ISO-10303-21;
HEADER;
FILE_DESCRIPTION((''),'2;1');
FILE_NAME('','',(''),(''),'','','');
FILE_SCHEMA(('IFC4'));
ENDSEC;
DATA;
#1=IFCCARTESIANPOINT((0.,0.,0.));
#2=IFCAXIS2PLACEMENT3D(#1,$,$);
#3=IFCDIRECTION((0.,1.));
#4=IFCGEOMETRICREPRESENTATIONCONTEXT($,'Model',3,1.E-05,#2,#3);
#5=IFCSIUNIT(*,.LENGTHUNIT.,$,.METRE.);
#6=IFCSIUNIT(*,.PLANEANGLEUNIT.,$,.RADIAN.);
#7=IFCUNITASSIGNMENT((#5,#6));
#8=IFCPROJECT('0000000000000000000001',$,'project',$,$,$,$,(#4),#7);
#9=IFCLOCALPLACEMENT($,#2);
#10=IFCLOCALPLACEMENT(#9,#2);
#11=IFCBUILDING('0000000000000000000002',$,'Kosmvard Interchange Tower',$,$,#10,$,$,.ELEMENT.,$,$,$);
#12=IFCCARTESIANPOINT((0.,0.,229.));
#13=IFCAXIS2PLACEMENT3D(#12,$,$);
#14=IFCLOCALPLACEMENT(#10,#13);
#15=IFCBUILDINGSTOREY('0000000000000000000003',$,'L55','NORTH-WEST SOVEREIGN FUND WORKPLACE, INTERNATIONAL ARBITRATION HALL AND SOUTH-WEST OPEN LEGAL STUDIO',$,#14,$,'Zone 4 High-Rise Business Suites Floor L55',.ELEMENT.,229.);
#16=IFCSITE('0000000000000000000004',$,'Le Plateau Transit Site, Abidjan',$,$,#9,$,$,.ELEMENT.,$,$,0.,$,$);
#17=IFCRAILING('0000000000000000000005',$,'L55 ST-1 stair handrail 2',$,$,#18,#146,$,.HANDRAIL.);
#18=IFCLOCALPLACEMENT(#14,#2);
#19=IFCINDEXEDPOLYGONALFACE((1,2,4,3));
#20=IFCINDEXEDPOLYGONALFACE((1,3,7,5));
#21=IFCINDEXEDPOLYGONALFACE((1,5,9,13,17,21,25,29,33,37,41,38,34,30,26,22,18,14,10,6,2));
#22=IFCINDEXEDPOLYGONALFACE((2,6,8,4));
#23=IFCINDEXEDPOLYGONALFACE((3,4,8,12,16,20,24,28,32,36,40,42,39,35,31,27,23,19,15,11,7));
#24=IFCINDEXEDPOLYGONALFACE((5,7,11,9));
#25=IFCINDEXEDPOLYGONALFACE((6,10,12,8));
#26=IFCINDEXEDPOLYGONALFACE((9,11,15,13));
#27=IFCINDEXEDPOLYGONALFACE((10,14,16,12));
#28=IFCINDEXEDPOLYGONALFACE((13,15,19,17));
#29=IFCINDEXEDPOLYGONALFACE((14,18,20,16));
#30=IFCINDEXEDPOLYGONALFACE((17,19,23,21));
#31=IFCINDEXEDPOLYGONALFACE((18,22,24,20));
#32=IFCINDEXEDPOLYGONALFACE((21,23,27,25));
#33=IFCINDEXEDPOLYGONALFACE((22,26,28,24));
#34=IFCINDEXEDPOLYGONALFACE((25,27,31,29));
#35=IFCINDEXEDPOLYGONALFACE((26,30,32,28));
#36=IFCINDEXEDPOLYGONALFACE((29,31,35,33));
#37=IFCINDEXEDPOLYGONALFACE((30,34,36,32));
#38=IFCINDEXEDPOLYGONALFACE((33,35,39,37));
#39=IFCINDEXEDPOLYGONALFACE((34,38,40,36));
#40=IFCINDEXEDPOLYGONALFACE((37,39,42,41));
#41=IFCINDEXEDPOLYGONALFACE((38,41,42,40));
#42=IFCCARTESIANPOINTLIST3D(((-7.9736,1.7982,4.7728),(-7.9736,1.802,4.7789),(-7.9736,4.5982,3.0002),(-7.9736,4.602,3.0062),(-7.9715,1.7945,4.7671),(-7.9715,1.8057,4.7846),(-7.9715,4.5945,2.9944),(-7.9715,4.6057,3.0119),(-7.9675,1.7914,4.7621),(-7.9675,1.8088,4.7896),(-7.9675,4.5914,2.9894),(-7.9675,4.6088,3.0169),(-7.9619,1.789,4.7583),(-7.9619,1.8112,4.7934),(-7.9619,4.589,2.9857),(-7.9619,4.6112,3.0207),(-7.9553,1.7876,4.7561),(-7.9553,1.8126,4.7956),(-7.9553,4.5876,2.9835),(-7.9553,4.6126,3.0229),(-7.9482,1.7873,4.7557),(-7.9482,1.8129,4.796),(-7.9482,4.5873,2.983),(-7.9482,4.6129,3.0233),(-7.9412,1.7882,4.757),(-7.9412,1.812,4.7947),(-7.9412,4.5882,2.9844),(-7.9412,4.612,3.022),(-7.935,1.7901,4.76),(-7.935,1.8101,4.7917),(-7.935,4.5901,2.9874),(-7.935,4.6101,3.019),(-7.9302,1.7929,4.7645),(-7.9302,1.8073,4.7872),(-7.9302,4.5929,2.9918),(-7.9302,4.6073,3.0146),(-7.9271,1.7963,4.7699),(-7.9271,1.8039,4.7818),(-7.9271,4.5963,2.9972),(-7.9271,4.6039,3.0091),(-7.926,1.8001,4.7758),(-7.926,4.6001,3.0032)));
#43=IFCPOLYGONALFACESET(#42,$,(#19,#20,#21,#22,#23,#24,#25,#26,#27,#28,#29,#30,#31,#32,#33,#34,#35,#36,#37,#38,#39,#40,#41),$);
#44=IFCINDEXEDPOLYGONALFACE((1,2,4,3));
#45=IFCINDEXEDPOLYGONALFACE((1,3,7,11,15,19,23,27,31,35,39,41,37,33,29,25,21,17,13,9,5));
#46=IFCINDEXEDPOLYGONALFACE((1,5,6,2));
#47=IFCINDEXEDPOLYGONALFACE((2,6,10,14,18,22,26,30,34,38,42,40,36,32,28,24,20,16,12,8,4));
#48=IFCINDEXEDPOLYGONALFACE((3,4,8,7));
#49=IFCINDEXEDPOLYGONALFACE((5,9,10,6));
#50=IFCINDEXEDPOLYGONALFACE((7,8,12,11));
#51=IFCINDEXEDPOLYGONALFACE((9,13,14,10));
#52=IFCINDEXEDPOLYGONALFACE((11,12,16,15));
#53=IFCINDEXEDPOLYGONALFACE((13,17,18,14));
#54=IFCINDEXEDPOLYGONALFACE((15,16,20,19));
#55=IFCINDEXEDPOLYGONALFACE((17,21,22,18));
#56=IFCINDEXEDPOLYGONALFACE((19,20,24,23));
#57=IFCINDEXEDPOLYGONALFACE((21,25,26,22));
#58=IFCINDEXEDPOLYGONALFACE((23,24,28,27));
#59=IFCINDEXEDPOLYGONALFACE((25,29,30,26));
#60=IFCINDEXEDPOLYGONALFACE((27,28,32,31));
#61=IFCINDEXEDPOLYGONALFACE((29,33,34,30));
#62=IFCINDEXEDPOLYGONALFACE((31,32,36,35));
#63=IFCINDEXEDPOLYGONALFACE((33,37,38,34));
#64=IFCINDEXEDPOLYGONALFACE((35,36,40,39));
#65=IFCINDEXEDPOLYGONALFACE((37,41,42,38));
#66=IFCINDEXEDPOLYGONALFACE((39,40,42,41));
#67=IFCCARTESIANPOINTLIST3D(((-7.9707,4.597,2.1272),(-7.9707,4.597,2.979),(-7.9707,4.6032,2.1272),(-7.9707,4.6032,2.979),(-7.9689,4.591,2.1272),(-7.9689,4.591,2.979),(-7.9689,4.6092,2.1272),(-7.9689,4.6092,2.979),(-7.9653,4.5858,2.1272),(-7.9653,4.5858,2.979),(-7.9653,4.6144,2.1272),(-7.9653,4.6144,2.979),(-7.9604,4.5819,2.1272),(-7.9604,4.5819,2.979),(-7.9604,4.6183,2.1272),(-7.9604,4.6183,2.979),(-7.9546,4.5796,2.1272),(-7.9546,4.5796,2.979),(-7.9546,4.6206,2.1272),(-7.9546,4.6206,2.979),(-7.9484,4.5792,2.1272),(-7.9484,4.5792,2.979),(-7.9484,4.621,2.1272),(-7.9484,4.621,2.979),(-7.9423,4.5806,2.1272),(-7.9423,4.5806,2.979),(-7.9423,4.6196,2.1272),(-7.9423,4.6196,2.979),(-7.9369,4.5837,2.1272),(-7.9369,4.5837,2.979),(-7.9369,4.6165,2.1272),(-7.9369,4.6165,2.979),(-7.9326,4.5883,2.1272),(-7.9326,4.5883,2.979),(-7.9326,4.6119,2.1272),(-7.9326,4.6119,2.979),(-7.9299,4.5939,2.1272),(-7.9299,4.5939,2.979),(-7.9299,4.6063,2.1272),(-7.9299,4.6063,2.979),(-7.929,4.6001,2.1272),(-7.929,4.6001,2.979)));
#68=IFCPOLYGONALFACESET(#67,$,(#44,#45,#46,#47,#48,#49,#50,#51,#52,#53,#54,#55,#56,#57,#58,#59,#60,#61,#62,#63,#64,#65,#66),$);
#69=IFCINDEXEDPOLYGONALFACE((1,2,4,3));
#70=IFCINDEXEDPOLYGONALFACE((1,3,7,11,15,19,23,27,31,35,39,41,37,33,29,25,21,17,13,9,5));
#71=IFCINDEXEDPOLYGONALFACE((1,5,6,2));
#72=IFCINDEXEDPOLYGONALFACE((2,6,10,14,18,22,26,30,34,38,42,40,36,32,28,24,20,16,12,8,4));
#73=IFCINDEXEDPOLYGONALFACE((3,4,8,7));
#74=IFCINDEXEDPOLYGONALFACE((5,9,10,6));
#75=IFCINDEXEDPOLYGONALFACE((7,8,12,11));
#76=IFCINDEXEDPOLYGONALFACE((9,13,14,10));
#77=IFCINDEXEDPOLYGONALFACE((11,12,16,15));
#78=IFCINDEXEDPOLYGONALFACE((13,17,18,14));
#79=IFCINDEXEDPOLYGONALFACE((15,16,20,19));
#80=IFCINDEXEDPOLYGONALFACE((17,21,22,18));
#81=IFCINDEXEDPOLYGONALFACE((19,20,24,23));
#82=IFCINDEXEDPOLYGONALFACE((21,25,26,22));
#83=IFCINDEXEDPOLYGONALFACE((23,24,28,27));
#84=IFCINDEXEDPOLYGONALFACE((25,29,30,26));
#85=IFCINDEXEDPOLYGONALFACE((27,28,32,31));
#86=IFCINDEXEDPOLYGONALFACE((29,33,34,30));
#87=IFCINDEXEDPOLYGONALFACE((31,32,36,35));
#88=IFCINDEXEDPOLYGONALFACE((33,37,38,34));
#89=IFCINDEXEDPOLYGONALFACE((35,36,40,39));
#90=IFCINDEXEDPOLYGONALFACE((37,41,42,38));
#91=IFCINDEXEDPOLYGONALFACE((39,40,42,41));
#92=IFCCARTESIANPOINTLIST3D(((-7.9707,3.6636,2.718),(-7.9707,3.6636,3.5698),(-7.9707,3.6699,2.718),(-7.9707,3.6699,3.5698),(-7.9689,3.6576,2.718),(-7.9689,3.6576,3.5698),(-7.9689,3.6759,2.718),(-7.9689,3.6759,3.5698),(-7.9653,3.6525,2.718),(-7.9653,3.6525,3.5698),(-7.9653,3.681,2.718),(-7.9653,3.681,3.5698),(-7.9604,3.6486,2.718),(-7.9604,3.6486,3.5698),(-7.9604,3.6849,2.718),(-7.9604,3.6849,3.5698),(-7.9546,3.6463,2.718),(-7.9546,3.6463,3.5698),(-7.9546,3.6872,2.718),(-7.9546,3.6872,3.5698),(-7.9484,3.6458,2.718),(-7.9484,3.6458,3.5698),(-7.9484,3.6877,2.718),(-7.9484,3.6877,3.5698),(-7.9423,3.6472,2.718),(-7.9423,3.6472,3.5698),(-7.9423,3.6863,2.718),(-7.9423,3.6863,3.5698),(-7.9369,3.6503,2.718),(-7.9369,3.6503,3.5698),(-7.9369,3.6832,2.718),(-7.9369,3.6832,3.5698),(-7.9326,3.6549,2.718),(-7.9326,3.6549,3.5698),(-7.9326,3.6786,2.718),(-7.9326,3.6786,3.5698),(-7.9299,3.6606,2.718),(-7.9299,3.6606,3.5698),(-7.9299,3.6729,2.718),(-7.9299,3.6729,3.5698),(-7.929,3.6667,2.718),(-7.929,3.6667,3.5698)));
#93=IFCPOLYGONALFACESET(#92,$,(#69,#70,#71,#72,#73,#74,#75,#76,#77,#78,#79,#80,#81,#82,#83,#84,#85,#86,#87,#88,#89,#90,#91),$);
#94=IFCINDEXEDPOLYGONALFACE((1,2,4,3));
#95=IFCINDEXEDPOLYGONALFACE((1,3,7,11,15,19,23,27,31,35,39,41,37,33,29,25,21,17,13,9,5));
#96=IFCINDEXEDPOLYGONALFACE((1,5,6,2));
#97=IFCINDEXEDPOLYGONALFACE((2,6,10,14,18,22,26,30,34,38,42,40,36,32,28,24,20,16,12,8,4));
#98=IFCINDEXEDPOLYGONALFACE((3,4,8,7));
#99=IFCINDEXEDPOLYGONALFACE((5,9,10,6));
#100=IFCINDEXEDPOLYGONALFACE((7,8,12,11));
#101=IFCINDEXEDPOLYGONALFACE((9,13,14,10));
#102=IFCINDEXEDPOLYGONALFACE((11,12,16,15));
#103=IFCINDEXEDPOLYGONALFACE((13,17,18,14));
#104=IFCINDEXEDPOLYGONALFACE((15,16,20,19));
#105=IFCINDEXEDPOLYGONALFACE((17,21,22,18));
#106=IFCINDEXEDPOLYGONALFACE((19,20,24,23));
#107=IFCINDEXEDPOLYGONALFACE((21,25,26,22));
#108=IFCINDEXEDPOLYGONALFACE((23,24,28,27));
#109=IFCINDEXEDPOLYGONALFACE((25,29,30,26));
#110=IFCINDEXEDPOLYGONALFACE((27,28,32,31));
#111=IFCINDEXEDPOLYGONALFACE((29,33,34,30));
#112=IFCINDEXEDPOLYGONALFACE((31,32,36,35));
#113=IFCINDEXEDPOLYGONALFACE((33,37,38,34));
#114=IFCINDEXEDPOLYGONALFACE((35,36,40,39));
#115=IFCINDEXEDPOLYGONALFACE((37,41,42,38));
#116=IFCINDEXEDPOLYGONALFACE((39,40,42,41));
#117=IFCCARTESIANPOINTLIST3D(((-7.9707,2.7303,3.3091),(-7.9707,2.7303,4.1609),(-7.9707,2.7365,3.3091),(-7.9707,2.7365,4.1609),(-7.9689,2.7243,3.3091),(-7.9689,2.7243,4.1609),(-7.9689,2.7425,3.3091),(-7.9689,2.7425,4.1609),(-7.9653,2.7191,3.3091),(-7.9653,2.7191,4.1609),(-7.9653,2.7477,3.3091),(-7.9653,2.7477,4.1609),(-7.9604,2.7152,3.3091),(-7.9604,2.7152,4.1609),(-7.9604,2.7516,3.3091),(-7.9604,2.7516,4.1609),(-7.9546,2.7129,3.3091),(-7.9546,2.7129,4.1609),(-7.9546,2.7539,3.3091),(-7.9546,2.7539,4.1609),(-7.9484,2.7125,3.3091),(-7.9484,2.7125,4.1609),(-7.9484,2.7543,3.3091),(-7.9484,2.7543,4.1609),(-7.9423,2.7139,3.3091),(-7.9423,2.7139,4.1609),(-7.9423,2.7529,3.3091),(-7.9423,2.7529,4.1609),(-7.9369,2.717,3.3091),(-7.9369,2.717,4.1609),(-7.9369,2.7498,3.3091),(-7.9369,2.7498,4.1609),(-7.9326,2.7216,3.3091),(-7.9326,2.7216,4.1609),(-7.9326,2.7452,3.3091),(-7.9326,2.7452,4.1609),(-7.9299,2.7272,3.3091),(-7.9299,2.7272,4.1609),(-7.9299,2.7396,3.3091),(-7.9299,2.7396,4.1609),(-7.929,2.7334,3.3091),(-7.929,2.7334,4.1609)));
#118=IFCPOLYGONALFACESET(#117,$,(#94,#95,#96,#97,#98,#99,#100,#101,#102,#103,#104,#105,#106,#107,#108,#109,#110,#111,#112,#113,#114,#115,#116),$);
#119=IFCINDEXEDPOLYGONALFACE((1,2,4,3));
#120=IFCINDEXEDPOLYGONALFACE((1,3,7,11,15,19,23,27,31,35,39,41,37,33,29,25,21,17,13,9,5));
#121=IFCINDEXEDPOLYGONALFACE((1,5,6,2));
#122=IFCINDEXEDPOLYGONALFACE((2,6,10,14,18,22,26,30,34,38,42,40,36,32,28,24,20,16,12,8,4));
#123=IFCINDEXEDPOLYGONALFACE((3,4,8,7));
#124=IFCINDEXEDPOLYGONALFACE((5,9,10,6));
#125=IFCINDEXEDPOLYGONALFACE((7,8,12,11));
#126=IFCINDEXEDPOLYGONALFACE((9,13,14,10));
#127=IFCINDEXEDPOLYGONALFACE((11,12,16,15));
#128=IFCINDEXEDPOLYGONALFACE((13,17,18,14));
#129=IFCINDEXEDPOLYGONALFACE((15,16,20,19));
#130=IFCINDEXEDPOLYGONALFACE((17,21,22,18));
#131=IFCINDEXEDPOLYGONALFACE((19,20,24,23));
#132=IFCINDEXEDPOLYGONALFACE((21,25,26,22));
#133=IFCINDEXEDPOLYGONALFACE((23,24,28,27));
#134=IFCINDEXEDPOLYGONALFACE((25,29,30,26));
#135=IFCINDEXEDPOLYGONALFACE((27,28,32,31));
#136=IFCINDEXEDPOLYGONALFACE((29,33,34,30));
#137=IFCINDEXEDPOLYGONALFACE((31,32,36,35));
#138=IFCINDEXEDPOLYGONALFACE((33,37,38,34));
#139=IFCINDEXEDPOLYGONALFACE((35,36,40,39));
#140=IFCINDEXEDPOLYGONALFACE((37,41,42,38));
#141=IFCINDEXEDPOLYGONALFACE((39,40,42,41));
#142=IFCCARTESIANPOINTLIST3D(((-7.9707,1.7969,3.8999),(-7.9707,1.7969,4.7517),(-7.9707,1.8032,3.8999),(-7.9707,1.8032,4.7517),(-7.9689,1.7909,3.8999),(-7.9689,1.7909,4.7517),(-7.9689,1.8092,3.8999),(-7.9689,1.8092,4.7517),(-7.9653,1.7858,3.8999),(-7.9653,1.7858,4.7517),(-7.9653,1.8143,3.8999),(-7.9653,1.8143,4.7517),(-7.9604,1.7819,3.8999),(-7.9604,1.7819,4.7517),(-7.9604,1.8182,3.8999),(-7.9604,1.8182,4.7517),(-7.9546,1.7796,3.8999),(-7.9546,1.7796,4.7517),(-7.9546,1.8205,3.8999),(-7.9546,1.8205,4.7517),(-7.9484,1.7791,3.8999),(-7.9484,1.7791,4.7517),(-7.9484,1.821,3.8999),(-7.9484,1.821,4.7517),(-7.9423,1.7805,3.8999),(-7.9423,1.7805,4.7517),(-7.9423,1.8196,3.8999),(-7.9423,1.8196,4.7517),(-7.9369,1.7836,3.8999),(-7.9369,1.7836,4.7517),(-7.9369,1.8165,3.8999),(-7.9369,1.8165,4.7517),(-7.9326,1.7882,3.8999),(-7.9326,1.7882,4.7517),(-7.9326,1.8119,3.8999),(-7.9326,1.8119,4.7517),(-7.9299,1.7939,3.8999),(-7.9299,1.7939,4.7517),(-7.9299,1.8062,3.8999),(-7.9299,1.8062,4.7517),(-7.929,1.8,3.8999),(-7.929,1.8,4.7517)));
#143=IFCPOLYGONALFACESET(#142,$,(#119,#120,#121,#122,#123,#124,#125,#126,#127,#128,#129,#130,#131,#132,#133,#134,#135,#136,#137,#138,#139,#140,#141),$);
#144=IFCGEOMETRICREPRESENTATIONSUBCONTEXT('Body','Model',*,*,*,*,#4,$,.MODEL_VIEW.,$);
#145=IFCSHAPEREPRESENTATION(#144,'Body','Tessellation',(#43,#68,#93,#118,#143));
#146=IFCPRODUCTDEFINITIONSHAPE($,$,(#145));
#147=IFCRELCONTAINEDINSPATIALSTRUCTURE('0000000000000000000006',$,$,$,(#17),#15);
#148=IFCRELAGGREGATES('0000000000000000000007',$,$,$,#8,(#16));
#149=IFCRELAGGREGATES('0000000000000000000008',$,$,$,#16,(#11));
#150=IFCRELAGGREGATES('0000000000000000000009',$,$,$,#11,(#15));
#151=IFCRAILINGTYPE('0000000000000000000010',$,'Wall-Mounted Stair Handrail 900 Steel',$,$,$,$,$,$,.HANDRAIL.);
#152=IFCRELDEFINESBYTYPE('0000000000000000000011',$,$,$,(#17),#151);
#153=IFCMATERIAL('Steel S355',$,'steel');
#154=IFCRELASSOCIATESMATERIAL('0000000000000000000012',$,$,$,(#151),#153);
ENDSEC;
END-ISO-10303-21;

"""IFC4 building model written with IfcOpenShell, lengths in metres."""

from ifc_helpers import new_model, si_unit, direction, frame, origin, origin_2d, place, context, subcontext, project, spatial, circle, extrude, source, transform, mapped, material, type_object, element, save


model = new_model("IFC4")

# Units and contexts
model_context = context("Model", 3, precision=1e-05, world=origin(), true_north=direction((0.0, 1.0)))
body_context = subcontext(model_context, "Body", "Model", "MODEL_VIEW")
ifc_project = project(units=[si_unit("LENGTHUNIT", "METRE"), si_unit("PLANEANGLEUNIT", "RADIAN")], contexts=[model_context])

# Site, building, storey
site_placement = place(None, origin())
site = spatial("IfcSite", under=ifc_project, at=site_placement, Name="Le Plateau Transit Site, Abidjan", CompositionType="ELEMENT", RefElevation=0.0)
building_placement = place(site_placement, origin())
building = spatial("IfcBuilding", under=site, at=building_placement, Name="Kosmvard Interchange Tower", CompositionType="ELEMENT")
storey_placement = place(building_placement, frame((0.0, 0.0, 229.0)))
storey = spatial("IfcBuildingStorey", under=building, at=storey_placement, Name="L55", Description="NORTH-WEST SOVEREIGN FUND WORKPLACE, INTERNATIONAL ARBITRATION HALL AND SOUTH-WEST OPEN LEGAL STUDIO", LongName="Zone 4 High-Rise Business Suites Floor L55", CompositionType="ELEMENT", Elevation=229.0)

# Shared definitions
ifc_material_1 = material(Name="Steel S355", Category="steel")

# Railing
railing_type_1 = type_object("IfcRailingType", Name="Wall-Mounted Stair Handrail 900 Steel", PredefinedType="HANDRAIL", material=ifc_material_1)
shared_shape_1 = source(origin(), body_context, "Body", "SweptSolid", [
    extrude(circle(Radius=0.0239, at=origin_2d()), frame((0.0, 0.0, 0.876), z_axis=(0.0, -0.844909, 0.53491), x_axis=(1.0, 0.0, 0.0)), (0.0, 0.0, 1.0), 3.314),
    extrude(circle(Radius=0.021, at=origin_2d()), origin(), (0.0, 0.0, 1.0), 0.8518),
    extrude(circle(Radius=0.021, at=origin_2d()), frame((0.0, -0.9333, 0.5908)), (0.0, 0.0, 1.0), 0.8518),
    extrude(circle(Radius=0.021, at=origin_2d()), frame((0.0, -1.8667, 1.1819)), (0.0, 0.0, 1.0), 0.8518),
    extrude(circle(Radius=0.021, at=origin_2d()), frame((0.0, -2.8, 1.7727)), (0.0, 0.0, 1.0), 0.8518),
])
railing_1_placement = place(storey_placement, frame((-7.95, 4.6001, 2.1272)))
element("IfcRailing", 1, at=railing_1_placement, inside=storey, type_object=railing_type_1, Name="L55 ST-1 stair handrail 2", PredefinedType="HANDRAIL", context=body_context, shape_type="MappedRepresentation", body=[
    mapped(shared_shape_1, transform((0.0, 0.0, 0.0), scale=1.0)),
])

save(model, "model.ifc")
